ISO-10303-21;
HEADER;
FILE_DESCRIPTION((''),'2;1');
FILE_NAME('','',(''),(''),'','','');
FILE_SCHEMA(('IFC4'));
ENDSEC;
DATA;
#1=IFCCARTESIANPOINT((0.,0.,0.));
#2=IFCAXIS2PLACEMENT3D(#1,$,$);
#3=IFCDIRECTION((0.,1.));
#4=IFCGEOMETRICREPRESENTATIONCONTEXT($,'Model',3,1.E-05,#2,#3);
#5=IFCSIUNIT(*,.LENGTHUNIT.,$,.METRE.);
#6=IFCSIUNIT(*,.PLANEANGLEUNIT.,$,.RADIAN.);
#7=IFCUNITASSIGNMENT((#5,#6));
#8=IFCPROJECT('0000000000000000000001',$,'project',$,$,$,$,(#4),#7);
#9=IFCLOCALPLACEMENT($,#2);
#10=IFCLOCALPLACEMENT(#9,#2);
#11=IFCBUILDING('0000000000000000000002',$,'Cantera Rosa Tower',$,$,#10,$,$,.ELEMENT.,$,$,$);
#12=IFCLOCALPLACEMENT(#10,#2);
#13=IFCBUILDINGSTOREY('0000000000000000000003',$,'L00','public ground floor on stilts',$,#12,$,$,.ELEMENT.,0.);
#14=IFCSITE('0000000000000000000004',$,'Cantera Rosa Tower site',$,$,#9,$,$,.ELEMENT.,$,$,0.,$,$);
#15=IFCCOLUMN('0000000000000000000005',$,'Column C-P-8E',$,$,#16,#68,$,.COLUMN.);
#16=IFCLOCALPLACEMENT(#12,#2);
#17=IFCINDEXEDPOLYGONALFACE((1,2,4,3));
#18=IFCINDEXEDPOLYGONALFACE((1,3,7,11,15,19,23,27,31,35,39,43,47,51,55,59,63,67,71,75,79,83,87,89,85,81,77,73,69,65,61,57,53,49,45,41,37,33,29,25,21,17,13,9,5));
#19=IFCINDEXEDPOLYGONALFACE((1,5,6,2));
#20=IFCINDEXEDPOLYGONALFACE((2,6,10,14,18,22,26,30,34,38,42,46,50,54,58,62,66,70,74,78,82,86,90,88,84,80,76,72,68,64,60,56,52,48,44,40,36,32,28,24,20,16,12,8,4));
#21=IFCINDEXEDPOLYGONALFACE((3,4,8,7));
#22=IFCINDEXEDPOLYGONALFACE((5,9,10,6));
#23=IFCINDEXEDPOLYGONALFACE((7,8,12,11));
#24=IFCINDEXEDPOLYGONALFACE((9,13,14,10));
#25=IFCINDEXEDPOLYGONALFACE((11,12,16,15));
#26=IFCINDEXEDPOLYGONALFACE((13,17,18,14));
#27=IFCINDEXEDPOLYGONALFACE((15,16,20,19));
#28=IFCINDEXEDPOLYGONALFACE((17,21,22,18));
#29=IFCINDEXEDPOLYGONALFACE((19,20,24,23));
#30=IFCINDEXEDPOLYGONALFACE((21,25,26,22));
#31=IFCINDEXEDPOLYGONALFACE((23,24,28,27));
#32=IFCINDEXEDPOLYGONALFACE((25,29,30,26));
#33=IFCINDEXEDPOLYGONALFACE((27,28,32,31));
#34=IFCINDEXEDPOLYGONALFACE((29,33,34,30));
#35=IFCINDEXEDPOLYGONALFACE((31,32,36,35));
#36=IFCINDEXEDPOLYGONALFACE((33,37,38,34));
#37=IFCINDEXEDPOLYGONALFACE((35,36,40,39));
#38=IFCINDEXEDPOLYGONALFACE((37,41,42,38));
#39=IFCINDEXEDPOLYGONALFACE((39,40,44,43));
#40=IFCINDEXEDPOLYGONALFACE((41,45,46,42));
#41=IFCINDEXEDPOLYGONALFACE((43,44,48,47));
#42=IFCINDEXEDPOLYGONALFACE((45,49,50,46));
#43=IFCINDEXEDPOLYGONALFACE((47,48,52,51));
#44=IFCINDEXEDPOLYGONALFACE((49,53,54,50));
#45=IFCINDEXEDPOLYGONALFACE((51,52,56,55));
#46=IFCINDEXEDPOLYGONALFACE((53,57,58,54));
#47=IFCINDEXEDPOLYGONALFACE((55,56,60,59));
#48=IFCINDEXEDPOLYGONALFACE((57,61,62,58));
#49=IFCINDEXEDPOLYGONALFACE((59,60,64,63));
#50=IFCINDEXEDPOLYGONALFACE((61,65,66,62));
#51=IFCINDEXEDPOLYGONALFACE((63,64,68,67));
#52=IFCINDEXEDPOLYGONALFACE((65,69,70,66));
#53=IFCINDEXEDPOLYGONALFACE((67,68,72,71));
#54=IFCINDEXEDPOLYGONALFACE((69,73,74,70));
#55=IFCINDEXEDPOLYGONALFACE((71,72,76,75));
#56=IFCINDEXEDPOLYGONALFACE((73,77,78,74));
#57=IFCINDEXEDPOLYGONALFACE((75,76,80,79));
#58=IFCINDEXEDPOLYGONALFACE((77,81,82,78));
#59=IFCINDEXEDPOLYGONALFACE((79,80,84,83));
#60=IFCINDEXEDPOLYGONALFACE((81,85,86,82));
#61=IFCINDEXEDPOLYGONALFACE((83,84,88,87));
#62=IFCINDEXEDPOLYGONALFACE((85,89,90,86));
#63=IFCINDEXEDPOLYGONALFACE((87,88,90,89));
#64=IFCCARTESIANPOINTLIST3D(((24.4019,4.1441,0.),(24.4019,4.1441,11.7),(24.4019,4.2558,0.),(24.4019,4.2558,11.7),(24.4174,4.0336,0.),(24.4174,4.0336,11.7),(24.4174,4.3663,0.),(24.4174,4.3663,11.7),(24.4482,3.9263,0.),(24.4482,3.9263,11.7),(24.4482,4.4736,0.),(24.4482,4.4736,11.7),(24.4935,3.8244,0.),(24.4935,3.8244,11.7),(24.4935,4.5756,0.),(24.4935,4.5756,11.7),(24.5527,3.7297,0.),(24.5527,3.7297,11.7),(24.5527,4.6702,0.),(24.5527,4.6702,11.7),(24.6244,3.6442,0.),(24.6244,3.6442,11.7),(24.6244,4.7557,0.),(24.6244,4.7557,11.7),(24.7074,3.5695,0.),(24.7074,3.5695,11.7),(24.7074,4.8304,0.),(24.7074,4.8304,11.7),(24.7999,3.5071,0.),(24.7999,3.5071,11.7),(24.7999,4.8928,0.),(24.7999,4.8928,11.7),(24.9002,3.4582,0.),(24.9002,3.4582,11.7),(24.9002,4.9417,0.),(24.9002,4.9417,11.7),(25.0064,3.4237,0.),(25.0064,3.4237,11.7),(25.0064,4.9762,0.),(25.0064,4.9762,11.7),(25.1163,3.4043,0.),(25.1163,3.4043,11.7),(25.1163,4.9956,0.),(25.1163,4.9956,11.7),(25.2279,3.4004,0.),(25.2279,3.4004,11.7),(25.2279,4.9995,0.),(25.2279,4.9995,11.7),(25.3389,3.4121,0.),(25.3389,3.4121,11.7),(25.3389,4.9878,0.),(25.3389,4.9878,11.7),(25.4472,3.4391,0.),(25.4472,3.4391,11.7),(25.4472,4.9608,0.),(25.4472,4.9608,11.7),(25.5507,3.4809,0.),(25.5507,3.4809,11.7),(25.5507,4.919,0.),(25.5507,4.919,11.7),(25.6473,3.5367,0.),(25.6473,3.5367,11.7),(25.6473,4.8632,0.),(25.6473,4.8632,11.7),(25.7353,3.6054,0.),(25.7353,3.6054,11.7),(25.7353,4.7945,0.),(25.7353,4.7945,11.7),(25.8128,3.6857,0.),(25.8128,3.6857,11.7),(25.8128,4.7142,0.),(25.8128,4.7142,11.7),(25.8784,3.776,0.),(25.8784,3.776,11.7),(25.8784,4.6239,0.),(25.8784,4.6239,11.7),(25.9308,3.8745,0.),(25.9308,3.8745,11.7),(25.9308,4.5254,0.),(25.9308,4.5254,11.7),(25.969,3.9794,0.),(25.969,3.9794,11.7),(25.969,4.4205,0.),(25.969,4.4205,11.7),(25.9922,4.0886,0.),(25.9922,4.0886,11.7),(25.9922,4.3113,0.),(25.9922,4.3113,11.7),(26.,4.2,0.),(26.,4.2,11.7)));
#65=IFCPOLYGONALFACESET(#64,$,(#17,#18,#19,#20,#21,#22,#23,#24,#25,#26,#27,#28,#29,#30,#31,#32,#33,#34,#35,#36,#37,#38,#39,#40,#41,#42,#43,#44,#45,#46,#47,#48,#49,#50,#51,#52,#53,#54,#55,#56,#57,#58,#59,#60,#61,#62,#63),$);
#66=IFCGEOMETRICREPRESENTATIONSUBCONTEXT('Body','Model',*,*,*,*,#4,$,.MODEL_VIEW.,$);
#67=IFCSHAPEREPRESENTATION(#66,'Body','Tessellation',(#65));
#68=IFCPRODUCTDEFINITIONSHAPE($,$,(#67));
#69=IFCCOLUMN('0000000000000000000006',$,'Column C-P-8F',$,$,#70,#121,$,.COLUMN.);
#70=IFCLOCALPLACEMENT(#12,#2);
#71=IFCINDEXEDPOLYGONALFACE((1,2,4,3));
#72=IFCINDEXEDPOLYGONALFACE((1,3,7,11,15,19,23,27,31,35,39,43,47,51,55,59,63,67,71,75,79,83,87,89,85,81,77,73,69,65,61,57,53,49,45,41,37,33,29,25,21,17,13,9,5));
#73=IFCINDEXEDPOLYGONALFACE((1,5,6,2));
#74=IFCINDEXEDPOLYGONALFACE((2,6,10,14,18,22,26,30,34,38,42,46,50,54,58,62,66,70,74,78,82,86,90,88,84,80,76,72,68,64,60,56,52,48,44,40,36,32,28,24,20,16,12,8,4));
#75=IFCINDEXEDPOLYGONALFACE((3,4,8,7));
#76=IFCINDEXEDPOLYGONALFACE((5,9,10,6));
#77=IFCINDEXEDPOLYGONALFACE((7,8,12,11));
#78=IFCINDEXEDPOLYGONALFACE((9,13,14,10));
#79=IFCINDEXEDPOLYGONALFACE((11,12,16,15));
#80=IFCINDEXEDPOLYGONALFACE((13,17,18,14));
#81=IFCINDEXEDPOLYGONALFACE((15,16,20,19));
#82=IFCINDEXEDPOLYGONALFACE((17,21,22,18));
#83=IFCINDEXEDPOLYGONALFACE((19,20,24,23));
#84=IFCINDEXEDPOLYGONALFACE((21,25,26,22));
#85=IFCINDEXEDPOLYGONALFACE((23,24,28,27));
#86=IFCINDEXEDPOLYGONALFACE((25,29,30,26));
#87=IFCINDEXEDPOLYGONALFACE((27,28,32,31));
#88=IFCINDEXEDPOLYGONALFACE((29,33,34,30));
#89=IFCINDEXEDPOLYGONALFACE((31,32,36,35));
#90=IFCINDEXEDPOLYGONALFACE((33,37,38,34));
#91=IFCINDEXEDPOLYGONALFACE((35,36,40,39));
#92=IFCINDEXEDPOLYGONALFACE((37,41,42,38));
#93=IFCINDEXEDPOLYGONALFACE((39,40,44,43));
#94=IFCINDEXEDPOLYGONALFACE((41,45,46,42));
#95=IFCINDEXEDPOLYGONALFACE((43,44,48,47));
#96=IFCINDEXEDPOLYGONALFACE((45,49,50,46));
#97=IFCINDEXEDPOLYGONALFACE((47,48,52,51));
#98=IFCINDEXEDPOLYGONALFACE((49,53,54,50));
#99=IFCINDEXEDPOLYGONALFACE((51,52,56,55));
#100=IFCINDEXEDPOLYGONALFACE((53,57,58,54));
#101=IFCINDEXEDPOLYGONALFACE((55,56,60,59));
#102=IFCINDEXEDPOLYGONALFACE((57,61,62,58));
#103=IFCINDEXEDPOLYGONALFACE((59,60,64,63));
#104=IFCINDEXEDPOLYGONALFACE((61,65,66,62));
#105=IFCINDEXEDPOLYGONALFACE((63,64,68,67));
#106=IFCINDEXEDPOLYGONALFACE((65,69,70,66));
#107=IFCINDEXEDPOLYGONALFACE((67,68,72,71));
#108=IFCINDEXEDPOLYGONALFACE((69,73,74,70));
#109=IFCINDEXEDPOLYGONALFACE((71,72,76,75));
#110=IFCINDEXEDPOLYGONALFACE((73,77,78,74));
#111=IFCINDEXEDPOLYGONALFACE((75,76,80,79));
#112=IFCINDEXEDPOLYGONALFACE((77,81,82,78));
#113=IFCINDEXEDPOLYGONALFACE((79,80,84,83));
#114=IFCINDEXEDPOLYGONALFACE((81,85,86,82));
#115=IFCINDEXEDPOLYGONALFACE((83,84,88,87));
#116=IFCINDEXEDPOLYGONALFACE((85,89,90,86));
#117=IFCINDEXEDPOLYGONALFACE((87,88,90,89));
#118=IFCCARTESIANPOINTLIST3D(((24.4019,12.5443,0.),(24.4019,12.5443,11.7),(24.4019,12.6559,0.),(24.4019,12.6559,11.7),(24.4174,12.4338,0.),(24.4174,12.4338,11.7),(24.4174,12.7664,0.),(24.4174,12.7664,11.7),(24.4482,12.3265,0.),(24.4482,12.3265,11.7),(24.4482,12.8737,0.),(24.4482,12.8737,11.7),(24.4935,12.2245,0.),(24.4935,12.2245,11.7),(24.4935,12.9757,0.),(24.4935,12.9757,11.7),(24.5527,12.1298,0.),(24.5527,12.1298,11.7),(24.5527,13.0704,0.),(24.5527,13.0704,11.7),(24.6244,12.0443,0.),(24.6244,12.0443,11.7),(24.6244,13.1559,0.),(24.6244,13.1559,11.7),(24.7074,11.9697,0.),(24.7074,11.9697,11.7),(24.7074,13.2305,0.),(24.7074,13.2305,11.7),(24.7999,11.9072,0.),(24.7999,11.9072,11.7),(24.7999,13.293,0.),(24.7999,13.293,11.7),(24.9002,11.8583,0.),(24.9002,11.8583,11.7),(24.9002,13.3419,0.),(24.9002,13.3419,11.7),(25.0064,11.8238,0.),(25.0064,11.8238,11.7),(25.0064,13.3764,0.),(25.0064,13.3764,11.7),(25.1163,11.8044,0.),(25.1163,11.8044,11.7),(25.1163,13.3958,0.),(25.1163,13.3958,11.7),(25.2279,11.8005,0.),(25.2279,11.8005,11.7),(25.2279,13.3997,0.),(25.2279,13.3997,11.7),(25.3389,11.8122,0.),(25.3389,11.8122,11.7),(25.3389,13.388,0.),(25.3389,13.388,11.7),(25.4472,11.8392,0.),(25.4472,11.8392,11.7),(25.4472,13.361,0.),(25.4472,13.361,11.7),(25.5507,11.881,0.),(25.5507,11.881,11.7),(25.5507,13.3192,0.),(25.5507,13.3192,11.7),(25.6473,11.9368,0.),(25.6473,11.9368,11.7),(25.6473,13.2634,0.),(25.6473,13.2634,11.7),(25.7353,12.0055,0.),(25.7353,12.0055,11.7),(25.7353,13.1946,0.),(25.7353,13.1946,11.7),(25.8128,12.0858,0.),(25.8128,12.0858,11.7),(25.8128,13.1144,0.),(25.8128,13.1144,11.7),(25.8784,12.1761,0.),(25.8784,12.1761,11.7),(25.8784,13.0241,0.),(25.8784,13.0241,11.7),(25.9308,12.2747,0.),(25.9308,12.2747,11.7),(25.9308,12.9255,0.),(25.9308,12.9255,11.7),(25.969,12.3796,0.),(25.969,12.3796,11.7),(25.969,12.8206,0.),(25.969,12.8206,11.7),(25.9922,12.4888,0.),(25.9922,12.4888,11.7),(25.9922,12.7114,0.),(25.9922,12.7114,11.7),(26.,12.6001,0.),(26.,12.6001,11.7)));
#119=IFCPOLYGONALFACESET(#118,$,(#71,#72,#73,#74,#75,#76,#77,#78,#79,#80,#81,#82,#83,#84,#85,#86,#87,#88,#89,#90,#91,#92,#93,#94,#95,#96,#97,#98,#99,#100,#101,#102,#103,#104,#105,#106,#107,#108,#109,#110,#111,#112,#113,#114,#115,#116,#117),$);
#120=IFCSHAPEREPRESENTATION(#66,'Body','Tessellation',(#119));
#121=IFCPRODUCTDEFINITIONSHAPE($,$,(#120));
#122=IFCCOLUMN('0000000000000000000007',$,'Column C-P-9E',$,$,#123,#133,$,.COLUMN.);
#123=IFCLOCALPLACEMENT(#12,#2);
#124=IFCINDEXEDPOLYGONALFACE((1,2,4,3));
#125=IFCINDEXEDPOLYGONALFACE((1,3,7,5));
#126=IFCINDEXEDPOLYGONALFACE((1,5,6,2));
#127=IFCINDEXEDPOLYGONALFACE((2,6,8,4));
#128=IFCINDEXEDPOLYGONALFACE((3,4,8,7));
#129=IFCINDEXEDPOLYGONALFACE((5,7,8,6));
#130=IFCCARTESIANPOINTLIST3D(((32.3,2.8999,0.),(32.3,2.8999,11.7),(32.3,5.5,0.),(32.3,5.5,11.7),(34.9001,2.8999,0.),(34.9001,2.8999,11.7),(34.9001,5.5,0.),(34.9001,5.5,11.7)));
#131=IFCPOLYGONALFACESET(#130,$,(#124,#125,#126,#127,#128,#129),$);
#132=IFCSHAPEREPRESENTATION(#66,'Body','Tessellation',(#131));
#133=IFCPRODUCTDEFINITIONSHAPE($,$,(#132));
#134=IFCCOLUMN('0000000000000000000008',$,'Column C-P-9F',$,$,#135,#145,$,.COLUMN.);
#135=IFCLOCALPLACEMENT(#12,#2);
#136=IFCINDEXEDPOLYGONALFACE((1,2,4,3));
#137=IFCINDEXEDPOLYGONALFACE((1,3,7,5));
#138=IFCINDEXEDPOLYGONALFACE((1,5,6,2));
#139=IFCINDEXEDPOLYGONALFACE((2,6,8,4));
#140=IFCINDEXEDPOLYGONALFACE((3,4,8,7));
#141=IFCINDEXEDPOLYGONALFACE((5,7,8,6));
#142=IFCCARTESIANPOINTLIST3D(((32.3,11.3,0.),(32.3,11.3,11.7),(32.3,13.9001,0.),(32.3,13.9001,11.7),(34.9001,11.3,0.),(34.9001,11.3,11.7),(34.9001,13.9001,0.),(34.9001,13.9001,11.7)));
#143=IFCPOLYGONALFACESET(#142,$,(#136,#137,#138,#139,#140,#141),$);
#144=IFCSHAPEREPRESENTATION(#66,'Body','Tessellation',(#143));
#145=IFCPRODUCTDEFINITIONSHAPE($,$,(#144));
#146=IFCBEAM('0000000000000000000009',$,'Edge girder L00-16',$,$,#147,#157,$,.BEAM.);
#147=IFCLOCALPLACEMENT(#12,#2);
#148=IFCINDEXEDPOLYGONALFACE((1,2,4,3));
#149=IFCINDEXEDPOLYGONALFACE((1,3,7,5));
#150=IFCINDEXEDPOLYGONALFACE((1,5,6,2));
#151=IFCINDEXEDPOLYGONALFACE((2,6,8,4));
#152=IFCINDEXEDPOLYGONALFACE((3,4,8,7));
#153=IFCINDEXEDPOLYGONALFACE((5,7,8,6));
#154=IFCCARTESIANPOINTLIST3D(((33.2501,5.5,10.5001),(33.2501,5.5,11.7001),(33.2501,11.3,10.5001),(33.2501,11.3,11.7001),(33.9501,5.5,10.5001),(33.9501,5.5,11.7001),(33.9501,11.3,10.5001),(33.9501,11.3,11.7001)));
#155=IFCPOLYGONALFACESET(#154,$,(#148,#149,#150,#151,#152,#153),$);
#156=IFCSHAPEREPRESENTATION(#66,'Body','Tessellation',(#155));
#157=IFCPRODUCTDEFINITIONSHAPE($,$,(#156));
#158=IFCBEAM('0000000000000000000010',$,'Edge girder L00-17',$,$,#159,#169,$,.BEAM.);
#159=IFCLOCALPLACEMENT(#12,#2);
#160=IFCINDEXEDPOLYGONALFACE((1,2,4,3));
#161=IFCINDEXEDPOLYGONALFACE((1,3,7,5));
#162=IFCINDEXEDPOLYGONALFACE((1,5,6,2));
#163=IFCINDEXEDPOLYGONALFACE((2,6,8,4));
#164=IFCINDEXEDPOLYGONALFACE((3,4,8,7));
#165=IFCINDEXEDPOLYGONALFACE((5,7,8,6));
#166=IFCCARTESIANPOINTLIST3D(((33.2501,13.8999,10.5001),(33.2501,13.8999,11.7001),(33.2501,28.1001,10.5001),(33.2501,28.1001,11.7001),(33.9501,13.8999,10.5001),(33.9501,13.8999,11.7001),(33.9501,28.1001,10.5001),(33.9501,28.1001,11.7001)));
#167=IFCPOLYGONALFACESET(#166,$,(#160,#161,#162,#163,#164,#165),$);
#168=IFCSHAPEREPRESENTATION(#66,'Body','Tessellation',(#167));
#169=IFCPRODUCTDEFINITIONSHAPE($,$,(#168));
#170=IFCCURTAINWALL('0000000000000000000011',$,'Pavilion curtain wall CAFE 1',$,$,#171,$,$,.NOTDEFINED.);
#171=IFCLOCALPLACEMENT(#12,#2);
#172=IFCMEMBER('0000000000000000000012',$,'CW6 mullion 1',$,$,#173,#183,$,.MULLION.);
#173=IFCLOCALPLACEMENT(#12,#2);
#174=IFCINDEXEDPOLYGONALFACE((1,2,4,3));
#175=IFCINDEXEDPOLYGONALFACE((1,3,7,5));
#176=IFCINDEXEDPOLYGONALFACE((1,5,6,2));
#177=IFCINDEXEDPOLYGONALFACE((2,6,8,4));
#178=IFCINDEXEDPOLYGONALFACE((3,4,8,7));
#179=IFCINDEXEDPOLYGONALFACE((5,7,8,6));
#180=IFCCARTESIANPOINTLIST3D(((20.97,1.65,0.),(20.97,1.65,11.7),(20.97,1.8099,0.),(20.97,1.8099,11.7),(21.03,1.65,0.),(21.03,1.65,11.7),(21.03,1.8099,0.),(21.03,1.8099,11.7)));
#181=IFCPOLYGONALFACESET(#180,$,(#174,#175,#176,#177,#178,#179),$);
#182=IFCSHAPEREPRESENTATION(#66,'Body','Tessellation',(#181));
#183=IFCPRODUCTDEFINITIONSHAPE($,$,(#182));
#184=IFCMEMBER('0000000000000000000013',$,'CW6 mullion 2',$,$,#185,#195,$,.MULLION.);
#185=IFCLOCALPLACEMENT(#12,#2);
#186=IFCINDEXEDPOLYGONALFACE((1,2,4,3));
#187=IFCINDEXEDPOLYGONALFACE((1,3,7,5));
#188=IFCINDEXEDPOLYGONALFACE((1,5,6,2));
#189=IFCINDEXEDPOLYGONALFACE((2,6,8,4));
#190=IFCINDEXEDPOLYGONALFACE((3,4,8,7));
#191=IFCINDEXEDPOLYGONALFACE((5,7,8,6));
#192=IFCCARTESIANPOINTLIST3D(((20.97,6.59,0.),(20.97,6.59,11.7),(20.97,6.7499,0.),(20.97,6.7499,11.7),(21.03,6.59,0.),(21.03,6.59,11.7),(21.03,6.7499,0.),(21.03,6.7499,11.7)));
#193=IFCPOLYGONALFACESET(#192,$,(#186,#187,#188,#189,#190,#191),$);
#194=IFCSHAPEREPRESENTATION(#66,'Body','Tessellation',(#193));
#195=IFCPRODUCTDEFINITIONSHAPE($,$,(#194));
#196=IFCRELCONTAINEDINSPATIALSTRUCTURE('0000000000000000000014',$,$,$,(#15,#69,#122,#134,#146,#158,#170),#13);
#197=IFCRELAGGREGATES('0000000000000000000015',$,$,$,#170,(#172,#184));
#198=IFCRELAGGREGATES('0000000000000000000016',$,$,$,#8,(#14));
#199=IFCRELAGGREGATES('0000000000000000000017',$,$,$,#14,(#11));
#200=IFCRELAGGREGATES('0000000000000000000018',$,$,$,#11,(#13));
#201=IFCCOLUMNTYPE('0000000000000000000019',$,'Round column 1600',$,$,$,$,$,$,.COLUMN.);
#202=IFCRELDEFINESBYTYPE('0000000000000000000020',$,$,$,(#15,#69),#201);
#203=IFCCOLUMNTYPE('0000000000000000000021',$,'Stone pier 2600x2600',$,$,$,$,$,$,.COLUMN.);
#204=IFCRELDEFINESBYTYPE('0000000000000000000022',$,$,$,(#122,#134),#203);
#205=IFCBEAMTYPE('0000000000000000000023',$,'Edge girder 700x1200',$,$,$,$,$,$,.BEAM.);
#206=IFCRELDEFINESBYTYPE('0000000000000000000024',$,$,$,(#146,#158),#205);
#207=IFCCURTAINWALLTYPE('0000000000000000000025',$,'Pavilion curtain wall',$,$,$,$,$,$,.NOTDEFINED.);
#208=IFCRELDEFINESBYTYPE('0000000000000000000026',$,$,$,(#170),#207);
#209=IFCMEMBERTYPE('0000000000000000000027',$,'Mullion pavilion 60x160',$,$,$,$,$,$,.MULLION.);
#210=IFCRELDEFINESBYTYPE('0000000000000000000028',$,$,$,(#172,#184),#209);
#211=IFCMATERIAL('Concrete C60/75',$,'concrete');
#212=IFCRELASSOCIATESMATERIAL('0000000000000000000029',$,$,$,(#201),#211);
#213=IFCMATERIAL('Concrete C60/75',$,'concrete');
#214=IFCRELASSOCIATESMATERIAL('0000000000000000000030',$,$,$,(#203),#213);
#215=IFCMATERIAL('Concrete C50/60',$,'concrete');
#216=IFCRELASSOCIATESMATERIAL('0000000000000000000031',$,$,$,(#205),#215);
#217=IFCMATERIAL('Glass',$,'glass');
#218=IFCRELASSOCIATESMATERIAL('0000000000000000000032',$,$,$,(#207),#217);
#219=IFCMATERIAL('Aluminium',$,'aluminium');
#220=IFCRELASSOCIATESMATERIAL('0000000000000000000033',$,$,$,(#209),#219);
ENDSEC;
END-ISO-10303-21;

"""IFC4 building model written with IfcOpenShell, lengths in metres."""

from ifc_helpers import new_model, si_unit, direction, frame, origin, origin_2d, place, context, subcontext, project, spatial, rectangle, circle, extrude, material, material_profile, profile_set, type_object, element, aggregate, save


model = new_model("IFC4")

# Units and contexts
model_context = context("Model", 3, precision=1e-05, world=origin(), true_north=direction((0.0, 1.0)))
body_context = subcontext(model_context, "Body", "Model", "MODEL_VIEW")
ifc_project = project(units=[si_unit("LENGTHUNIT", "METRE"), si_unit("PLANEANGLEUNIT", "RADIAN")], contexts=[model_context])

# Site, building, storey
site_placement = place(None, origin())
site = spatial("IfcSite", under=ifc_project, at=site_placement, Name="Cantera Rosa Tower site", CompositionType="ELEMENT", RefElevation=0.0)
building_placement = place(site_placement, origin())
building = spatial("IfcBuilding", under=site, at=building_placement, Name="Cantera Rosa Tower", CompositionType="ELEMENT")
storey_placement = place(building_placement, origin())
storey = spatial("IfcBuildingStorey", under=building, at=storey_placement, Name="L00", Description="public ground floor on stilts", CompositionType="ELEMENT", Elevation=0.0)

# Columns
ifc_material_1 = material(Name="Concrete C60/75", Category="concrete")
ifc_material_profile_1 = material_profile(ifc_material_1, circle(Radius=0.8, at=origin_2d()), Name="Round column 1600")
ifc_profile_set_1 = profile_set([ifc_material_profile_1], Name="Concrete C60/75")
column_type_1 = type_object("IfcColumnType", Name="Round column 1600", PredefinedType="COLUMN", material=ifc_profile_set_1)
for number, where, z_axis, x_axis, name in (
    (1, (25.2, 4.2, 0.0), (0.0, 0.0, 1.0), (1.0, 0.0, 0.0), "Column C-P-8E"),
    (2, (25.2, 12.6001, 0.0), (0.0, 0.0, 1.0), (1.0, 0.0, 0.0), "Column C-P-8F"),
):
    element("IfcColumn", number, at=place(storey_placement, frame(where, z_axis=z_axis, x_axis=x_axis)), inside=storey, type_object=column_type_1, Name=name, PredefinedType="COLUMN", context=body_context, shape_type="SweptSolid", body=[
        extrude(circle(Radius=0.8, at=origin_2d()), origin(), (0.0, 0.0, 1.0), 11.7),
    ])
ifc_material_2 = material(Name="Concrete C60/75", Category="concrete")
ifc_material_profile_2 = material_profile(ifc_material_2, rectangle(XDim=2.6001, YDim=2.6001, at=origin_2d()), Name="Stone pier 2600x2600")
ifc_profile_set_2 = profile_set([ifc_material_profile_2], Name="Concrete C60/75")
column_type_2 = type_object("IfcColumnType", Name="Stone pier 2600x2600", PredefinedType="COLUMN", material=ifc_profile_set_2)
for number, where, z_axis, x_axis, name in (
    (3, (33.6001, 4.2, 0.0), (0.0, 0.0, 1.0), (1.0, 0.0, 0.0), "Column C-P-9E"),
    (4, (33.6001, 12.6001, 0.0), (0.0, 0.0, 1.0), (1.0, 0.0, 0.0), "Column C-P-9F"),
):
    element("IfcColumn", number, at=place(storey_placement, frame(where, z_axis=z_axis, x_axis=x_axis)), inside=storey, type_object=column_type_2, Name=name, PredefinedType="COLUMN", context=body_context, shape_type="SweptSolid", body=[
        extrude(rectangle(XDim=2.6001, YDim=2.6001, at=origin_2d()), origin(), (0.0, 0.0, 1.0), 11.7),
    ])

# Beams
ifc_material_3 = material(Name="Concrete C50/60", Category="concrete")
ifc_material_profile_3 = material_profile(ifc_material_3, rectangle(XDim=0.7, YDim=1.2, at=origin_2d()), Name="Edge girder 700x1200")
ifc_profile_set_3 = profile_set([ifc_material_profile_3], Name="Concrete C50/60")
beam_type = type_object("IfcBeamType", Name="Edge girder 700x1200", PredefinedType="BEAM", material=ifc_profile_set_3)
beam_1_placement = place(storey_placement, frame((33.6001, 5.5, 11.1001), z_axis=(0.0, 1.0, 0.0), x_axis=(-1.0, 0.0, 0.0)))
element("IfcBeam", 5, at=beam_1_placement, inside=storey, type_object=beam_type, Name="Edge girder L00-16", PredefinedType="BEAM", context=body_context, shape_type="SweptSolid", body=[
    extrude(rectangle(XDim=0.7, YDim=1.2, at=origin_2d()), origin(), (0.0, 0.0, 1.0), 5.8),
])
beam_2_placement = place(storey_placement, frame((33.6001, 13.8999, 11.1001), z_axis=(0.0, 1.0, 0.0), x_axis=(-1.0, 0.0, 0.0)))
element("IfcBeam", 6, at=beam_2_placement, inside=storey, type_object=beam_type, Name="Edge girder L00-17", PredefinedType="BEAM", context=body_context, shape_type="SweptSolid", body=[
    extrude(rectangle(XDim=0.7, YDim=1.2, at=origin_2d()), origin(), (0.0, 0.0, 1.0), 14.2002),
])

# Curtain wall, members
ifc_material_4 = material(Name="Glass", Category="glass")
curtain_wall_type = type_object("IfcCurtainWallType", Name="Pavilion curtain wall", PredefinedType="NOTDEFINED", material=ifc_material_4)
curtain_wall_1_placement = place(storey_placement, origin())
curtain_wall_1 = element("IfcCurtainWall", 7, at=curtain_wall_1_placement, inside=storey, type_object=curtain_wall_type, Name="Pavilion curtain wall CAFE 1", PredefinedType="NOTDEFINED")
ifc_material_5 = material(Name="Aluminium", Category="aluminium")
ifc_material_profile_4 = material_profile(ifc_material_5, rectangle(XDim=0.0601, YDim=0.1599, at=origin_2d()), Name="Mullion pavilion 60x160")
ifc_profile_set_4 = profile_set([ifc_material_profile_4], Name="Aluminium")
member_type_1 = type_object("IfcMemberType", Name="Mullion pavilion 60x160", PredefinedType="MULLION", material=ifc_profile_set_4)
member_1_placement = place(storey_placement, frame((21.0, 1.73, 0.0), z_axis=(0.0, 0.0, 1.0), x_axis=(-1.0, 0.0, 0.0)))
member_1 = element("IfcMember", 8, at=member_1_placement, type_object=member_type_1, Name="CW6 mullion 1", PredefinedType="MULLION", context=body_context, shape_type="SweptSolid", body=[
    extrude(rectangle(XDim=0.0601, YDim=0.1599, at=origin_2d()), origin(), (0.0, 0.0, 1.0), 11.7),
])
member_2_placement = place(storey_placement, frame((21.0, 6.6699, 0.0), z_axis=(0.0, 0.0, 1.0), x_axis=(-1.0, 0.0, 0.0)))
member_2 = element("IfcMember", 9, at=member_2_placement, type_object=member_type_1, Name="CW6 mullion 2", PredefinedType="MULLION", context=body_context, shape_type="SweptSolid", body=[
    extrude(rectangle(XDim=0.0601, YDim=0.1599, at=origin_2d()), origin(), (0.0, 0.0, 1.0), 11.7),
])

aggregate(curtain_wall_1, [member_1, member_2])

save(model, "model.ifc")
